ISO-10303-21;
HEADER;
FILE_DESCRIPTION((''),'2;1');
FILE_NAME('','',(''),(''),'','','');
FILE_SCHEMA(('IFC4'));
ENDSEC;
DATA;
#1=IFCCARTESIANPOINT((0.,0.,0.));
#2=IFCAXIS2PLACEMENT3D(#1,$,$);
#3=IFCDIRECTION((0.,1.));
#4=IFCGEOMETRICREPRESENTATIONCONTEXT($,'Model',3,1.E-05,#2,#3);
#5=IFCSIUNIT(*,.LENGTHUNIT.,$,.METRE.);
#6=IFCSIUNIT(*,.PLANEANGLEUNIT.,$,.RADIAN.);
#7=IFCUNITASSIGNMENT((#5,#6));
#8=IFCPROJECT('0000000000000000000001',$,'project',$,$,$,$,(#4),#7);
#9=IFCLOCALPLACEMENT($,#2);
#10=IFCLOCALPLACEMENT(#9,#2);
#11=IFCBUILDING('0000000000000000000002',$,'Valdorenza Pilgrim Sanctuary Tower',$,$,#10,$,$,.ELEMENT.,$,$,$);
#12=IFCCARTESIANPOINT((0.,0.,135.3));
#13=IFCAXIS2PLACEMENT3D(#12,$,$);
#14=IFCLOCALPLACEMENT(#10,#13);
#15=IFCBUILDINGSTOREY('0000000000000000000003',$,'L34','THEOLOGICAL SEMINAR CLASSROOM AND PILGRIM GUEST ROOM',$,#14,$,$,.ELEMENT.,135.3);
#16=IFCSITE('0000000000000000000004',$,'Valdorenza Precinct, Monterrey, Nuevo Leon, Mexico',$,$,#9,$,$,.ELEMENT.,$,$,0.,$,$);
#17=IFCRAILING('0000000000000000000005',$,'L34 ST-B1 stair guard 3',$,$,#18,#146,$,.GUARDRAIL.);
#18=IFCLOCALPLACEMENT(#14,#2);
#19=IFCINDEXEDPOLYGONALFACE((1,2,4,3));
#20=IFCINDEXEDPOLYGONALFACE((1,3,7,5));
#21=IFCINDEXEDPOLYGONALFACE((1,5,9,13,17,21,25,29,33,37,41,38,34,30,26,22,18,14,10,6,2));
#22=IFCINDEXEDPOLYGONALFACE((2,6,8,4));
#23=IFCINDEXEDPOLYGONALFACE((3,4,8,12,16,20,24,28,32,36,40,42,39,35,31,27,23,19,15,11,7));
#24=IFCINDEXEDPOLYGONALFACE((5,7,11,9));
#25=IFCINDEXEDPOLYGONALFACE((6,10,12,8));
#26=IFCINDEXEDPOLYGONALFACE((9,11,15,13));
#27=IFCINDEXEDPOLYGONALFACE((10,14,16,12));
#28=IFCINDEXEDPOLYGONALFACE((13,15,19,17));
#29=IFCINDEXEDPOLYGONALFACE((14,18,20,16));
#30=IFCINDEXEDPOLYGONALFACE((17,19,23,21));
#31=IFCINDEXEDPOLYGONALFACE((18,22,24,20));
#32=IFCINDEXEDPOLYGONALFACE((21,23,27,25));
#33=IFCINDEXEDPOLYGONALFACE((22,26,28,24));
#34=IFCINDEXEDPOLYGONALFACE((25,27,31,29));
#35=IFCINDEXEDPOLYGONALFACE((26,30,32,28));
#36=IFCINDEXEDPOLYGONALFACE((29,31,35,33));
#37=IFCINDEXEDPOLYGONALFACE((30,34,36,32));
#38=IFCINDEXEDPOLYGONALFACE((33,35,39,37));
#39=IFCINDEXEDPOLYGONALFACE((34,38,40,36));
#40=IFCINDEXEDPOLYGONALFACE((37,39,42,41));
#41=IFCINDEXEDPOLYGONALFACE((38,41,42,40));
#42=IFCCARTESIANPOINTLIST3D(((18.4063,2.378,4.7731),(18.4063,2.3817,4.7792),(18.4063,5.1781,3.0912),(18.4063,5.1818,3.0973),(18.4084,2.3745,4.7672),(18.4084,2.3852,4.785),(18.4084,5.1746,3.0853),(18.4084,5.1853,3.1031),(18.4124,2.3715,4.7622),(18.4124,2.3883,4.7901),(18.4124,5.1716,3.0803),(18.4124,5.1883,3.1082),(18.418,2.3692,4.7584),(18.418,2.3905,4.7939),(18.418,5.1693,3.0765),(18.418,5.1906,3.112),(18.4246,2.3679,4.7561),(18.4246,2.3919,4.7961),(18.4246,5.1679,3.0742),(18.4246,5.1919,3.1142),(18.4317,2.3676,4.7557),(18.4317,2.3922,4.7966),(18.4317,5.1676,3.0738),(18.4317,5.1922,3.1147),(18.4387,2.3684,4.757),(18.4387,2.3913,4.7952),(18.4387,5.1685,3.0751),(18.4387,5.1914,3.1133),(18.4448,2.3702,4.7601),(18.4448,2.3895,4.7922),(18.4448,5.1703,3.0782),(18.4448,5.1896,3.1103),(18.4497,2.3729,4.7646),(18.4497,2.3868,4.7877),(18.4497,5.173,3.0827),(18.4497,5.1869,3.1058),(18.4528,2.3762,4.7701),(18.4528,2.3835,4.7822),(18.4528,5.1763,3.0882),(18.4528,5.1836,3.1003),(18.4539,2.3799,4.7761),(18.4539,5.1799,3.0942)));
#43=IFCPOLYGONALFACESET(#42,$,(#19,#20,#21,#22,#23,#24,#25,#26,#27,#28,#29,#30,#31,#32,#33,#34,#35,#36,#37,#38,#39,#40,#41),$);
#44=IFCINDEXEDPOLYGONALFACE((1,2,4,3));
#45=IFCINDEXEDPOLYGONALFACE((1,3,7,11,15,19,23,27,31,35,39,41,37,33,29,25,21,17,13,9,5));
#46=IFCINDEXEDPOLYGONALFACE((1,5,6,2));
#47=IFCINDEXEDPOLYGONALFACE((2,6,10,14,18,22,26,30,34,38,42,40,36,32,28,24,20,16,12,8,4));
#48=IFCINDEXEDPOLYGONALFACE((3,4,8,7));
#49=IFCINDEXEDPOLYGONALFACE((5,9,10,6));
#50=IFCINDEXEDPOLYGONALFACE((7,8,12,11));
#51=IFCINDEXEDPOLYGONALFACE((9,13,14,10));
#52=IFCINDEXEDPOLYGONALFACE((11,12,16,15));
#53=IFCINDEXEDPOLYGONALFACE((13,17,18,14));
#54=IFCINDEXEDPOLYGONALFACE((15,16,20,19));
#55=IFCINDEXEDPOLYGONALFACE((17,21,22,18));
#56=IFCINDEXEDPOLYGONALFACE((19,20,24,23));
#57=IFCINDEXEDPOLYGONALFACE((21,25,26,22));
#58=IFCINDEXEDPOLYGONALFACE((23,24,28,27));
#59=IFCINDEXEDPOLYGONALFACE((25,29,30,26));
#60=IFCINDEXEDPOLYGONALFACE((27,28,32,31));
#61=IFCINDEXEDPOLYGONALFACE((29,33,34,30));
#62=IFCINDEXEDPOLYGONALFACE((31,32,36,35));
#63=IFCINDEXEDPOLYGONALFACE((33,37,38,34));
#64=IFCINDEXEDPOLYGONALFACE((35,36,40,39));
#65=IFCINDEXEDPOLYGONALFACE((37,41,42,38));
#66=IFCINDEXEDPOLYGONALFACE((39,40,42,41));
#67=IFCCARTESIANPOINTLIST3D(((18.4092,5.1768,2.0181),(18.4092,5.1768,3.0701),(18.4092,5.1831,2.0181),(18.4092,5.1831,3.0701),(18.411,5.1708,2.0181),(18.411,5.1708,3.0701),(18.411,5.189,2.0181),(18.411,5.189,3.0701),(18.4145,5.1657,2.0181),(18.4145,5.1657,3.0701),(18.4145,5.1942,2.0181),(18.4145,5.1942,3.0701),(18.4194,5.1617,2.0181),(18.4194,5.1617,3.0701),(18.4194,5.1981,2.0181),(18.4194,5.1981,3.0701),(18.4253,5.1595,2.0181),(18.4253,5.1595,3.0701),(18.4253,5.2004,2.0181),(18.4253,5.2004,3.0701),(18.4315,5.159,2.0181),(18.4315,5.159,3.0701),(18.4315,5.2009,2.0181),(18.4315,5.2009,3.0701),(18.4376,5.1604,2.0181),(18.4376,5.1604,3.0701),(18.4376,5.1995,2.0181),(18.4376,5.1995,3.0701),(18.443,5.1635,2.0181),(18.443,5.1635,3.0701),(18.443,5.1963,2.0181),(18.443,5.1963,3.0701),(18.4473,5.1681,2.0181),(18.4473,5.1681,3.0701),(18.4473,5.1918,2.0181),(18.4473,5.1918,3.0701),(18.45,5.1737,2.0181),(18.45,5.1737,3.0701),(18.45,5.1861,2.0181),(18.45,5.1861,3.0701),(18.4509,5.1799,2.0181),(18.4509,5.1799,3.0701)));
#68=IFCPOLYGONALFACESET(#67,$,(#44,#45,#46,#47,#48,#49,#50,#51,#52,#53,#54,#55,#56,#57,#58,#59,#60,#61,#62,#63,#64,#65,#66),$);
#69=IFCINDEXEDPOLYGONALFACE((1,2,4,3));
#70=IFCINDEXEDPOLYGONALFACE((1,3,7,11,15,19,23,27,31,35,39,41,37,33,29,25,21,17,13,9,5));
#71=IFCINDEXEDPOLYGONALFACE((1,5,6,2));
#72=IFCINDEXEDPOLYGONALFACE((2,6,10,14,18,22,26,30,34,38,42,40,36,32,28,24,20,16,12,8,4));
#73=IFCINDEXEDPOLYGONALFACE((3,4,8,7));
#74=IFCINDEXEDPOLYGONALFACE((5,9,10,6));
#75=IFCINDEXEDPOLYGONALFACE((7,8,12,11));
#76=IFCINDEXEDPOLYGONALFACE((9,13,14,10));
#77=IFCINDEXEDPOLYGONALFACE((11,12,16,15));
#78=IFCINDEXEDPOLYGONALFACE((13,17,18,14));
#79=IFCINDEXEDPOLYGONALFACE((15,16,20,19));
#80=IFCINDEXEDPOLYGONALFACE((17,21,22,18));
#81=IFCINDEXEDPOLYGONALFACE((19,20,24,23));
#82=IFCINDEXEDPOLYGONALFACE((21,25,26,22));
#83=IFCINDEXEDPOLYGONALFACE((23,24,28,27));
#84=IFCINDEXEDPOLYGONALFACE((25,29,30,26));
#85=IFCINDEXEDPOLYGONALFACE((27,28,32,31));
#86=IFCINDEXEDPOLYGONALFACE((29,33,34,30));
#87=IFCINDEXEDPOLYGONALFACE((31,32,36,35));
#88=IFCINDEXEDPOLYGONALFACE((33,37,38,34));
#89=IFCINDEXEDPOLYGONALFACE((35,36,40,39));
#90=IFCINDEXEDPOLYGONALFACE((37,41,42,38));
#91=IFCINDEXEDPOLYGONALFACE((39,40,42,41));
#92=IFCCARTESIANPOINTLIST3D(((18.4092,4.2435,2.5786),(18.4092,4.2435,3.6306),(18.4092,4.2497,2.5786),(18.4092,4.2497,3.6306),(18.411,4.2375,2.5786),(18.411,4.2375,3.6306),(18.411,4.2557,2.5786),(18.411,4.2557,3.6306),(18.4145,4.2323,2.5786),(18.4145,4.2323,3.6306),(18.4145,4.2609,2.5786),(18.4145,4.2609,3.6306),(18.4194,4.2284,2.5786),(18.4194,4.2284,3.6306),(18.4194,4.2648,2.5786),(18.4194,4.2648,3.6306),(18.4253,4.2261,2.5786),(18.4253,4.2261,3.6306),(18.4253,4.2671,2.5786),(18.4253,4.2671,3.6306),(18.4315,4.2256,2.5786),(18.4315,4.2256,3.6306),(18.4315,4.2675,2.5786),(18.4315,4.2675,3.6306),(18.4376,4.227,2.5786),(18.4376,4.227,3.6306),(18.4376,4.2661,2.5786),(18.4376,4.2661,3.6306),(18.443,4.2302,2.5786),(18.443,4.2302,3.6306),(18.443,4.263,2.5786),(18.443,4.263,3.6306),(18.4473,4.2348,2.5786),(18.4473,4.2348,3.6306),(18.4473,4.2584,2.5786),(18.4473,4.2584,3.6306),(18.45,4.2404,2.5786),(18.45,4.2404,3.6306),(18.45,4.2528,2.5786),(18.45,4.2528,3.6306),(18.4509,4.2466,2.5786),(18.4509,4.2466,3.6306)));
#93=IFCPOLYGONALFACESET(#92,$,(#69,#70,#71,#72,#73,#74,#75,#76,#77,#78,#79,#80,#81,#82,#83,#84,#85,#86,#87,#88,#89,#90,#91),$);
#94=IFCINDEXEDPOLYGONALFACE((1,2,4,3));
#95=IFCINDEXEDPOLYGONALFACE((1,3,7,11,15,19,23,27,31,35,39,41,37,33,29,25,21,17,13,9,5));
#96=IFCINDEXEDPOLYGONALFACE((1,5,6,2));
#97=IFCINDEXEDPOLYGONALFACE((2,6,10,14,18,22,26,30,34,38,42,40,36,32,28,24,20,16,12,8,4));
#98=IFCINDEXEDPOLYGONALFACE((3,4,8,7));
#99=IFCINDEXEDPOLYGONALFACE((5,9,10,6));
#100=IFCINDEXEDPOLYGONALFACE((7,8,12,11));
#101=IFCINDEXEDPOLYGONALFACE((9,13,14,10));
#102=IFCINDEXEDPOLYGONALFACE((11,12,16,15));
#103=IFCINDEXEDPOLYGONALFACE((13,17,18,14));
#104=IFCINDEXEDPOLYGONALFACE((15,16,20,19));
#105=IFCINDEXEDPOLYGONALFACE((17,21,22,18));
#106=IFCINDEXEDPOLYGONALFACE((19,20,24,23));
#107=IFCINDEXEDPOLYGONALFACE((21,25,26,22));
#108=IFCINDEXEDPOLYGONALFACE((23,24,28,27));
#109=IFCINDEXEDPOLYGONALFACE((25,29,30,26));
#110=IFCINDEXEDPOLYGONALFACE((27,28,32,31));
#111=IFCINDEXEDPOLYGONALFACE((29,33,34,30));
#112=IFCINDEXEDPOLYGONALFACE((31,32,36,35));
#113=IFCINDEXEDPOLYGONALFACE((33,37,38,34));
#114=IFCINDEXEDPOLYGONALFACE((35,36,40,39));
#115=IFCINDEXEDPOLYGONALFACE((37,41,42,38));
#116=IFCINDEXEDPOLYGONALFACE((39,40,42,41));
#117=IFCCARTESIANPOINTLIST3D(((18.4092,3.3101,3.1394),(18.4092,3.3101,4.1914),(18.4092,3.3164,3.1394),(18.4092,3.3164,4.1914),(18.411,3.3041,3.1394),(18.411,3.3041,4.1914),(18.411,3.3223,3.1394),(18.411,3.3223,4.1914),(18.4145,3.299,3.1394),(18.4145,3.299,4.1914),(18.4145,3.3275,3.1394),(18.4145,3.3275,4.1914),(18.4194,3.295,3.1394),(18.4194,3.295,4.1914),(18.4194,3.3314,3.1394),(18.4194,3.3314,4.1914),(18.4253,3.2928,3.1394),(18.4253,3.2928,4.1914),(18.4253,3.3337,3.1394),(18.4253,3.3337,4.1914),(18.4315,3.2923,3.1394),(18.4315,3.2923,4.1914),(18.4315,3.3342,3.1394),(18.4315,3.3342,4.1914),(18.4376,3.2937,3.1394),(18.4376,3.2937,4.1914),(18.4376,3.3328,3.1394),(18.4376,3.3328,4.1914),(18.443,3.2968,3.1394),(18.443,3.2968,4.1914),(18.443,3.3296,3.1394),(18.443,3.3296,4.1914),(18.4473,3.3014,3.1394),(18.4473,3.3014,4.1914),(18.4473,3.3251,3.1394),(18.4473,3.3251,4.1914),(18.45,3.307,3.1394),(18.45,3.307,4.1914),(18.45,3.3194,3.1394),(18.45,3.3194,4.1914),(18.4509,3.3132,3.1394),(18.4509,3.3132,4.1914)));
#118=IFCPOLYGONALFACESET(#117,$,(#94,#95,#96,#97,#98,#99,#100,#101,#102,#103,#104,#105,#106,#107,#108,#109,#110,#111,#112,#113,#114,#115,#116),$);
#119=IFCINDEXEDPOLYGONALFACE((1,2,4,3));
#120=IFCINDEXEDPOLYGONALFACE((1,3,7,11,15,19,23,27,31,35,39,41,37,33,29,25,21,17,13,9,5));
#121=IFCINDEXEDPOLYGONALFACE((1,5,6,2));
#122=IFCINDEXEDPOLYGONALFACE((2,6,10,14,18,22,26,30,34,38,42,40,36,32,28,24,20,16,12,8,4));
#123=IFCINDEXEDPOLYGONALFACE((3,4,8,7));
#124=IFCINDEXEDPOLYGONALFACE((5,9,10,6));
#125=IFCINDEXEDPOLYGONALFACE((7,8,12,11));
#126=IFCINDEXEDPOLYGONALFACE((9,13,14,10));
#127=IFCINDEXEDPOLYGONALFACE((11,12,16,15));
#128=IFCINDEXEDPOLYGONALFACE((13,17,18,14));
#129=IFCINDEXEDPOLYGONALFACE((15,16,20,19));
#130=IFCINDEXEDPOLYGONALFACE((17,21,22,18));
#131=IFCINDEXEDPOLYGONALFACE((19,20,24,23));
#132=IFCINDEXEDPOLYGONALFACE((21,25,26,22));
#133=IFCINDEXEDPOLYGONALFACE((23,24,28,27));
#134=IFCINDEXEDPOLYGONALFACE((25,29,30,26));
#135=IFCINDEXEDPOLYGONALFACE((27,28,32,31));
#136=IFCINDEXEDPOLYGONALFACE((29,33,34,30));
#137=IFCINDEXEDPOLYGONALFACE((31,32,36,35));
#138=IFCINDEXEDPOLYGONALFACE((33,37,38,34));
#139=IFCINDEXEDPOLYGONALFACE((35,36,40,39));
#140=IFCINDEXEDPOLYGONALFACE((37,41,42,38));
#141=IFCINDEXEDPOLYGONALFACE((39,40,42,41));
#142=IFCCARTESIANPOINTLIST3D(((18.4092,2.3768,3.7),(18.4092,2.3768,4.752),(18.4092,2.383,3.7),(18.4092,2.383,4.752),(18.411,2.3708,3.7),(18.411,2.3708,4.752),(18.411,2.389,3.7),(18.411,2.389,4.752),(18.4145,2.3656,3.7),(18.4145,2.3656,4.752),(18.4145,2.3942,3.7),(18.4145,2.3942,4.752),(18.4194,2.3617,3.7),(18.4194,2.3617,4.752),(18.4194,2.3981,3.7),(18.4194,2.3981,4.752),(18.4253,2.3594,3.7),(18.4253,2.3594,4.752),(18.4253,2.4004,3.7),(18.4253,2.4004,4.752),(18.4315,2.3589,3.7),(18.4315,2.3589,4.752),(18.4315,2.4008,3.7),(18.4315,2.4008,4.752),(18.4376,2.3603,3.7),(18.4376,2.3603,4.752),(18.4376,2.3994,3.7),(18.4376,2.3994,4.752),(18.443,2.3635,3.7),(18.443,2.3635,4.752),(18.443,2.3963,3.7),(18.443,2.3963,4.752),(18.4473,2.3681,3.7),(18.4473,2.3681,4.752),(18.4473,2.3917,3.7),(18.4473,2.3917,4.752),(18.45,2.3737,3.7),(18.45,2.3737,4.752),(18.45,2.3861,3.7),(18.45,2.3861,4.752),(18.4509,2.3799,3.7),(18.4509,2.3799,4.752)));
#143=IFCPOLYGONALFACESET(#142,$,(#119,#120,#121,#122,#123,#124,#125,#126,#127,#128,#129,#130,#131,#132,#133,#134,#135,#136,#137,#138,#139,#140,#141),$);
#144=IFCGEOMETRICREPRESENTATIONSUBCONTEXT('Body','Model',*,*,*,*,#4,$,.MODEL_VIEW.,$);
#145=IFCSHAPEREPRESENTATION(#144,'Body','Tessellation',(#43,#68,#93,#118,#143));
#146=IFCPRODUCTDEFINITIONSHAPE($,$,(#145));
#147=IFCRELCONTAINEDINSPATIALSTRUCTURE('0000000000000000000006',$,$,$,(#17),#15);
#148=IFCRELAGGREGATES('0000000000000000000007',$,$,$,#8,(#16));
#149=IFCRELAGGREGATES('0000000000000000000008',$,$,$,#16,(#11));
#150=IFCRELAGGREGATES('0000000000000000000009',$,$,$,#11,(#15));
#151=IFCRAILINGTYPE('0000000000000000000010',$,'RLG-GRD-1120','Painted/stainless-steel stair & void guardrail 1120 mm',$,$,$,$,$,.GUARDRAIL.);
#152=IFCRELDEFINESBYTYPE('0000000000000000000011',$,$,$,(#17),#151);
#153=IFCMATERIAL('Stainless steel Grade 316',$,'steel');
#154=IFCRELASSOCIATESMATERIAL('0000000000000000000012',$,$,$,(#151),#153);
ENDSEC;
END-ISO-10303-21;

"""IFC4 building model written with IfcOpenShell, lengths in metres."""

from ifc_helpers import new_model, si_unit, direction, frame, origin, origin_2d, place, context, subcontext, project, spatial, circle, extrude, material, type_object, element, save


model = new_model("IFC4")

# Units and contexts
model_context = context("Model", 3, precision=1e-05, world=origin(), true_north=direction((0.0, 1.0)))
body_context = subcontext(model_context, "Body", "Model", "MODEL_VIEW")
ifc_project = project(units=[si_unit("LENGTHUNIT", "METRE"), si_unit("PLANEANGLEUNIT", "RADIAN")], contexts=[model_context])

# Site, building, storey
site_placement = place(None, origin())
site = spatial("IfcSite", under=ifc_project, at=site_placement, Name="Valdorenza Precinct, Monterrey, Nuevo Leon, Mexico", CompositionType="ELEMENT", RefElevation=0.0)
building_placement = place(site_placement, origin())
building = spatial("IfcBuilding", under=site, at=building_placement, Name="Valdorenza Pilgrim Sanctuary Tower", CompositionType="ELEMENT")
storey_placement = place(building_placement, frame((0.0, 0.0, 135.3)))
storey = spatial("IfcBuildingStorey", under=building, at=storey_placement, Name="L34", Description="THEOLOGICAL SEMINAR CLASSROOM AND PILGRIM GUEST ROOM", CompositionType="ELEMENT", Elevation=135.3)

# Railing
ifc_material_1 = material(Name="Stainless steel Grade 316", Category="steel")
railing_type_1 = type_object("IfcRailingType", Name="RLG-GRD-1120", Description="Painted/stainless-steel stair & void guardrail 1120 mm", PredefinedType="GUARDRAIL", material=ifc_material_1)
railing_1_placement = place(storey_placement, frame((18.4299, 5.1799, 2.0181)))
element("IfcRailing", 1, at=railing_1_placement, inside=storey, type_object=railing_type_1, Name="L34 ST-B1 stair guard 3", PredefinedType="GUARDRAIL", context=body_context, shape_type="SweptSolid", body=[
    extrude(circle(Radius=0.0239, at=origin_2d()), frame((0.0, 0.0, 1.0762), z_axis=(0.0, -0.857242, 0.514913), x_axis=(1.0, 0.0, 0.0)), (0.0, 0.0, 1.0), 3.2664),
    extrude(circle(Radius=0.021, at=origin_2d()), origin(), (0.0, 0.0, 1.0), 1.052),
    extrude(circle(Radius=0.021, at=origin_2d()), frame((0.0, -0.9333, 0.5605)), (0.0, 0.0, 1.0), 1.052),
    extrude(circle(Radius=0.021, at=origin_2d()), frame((0.0, -1.8667, 1.1213)), (0.0, 0.0, 1.0), 1.052),
    extrude(circle(Radius=0.021, at=origin_2d()), frame((0.0, -2.8, 1.6819)), (0.0, 0.0, 1.0), 1.052),
])

save(model, "model.ifc")
